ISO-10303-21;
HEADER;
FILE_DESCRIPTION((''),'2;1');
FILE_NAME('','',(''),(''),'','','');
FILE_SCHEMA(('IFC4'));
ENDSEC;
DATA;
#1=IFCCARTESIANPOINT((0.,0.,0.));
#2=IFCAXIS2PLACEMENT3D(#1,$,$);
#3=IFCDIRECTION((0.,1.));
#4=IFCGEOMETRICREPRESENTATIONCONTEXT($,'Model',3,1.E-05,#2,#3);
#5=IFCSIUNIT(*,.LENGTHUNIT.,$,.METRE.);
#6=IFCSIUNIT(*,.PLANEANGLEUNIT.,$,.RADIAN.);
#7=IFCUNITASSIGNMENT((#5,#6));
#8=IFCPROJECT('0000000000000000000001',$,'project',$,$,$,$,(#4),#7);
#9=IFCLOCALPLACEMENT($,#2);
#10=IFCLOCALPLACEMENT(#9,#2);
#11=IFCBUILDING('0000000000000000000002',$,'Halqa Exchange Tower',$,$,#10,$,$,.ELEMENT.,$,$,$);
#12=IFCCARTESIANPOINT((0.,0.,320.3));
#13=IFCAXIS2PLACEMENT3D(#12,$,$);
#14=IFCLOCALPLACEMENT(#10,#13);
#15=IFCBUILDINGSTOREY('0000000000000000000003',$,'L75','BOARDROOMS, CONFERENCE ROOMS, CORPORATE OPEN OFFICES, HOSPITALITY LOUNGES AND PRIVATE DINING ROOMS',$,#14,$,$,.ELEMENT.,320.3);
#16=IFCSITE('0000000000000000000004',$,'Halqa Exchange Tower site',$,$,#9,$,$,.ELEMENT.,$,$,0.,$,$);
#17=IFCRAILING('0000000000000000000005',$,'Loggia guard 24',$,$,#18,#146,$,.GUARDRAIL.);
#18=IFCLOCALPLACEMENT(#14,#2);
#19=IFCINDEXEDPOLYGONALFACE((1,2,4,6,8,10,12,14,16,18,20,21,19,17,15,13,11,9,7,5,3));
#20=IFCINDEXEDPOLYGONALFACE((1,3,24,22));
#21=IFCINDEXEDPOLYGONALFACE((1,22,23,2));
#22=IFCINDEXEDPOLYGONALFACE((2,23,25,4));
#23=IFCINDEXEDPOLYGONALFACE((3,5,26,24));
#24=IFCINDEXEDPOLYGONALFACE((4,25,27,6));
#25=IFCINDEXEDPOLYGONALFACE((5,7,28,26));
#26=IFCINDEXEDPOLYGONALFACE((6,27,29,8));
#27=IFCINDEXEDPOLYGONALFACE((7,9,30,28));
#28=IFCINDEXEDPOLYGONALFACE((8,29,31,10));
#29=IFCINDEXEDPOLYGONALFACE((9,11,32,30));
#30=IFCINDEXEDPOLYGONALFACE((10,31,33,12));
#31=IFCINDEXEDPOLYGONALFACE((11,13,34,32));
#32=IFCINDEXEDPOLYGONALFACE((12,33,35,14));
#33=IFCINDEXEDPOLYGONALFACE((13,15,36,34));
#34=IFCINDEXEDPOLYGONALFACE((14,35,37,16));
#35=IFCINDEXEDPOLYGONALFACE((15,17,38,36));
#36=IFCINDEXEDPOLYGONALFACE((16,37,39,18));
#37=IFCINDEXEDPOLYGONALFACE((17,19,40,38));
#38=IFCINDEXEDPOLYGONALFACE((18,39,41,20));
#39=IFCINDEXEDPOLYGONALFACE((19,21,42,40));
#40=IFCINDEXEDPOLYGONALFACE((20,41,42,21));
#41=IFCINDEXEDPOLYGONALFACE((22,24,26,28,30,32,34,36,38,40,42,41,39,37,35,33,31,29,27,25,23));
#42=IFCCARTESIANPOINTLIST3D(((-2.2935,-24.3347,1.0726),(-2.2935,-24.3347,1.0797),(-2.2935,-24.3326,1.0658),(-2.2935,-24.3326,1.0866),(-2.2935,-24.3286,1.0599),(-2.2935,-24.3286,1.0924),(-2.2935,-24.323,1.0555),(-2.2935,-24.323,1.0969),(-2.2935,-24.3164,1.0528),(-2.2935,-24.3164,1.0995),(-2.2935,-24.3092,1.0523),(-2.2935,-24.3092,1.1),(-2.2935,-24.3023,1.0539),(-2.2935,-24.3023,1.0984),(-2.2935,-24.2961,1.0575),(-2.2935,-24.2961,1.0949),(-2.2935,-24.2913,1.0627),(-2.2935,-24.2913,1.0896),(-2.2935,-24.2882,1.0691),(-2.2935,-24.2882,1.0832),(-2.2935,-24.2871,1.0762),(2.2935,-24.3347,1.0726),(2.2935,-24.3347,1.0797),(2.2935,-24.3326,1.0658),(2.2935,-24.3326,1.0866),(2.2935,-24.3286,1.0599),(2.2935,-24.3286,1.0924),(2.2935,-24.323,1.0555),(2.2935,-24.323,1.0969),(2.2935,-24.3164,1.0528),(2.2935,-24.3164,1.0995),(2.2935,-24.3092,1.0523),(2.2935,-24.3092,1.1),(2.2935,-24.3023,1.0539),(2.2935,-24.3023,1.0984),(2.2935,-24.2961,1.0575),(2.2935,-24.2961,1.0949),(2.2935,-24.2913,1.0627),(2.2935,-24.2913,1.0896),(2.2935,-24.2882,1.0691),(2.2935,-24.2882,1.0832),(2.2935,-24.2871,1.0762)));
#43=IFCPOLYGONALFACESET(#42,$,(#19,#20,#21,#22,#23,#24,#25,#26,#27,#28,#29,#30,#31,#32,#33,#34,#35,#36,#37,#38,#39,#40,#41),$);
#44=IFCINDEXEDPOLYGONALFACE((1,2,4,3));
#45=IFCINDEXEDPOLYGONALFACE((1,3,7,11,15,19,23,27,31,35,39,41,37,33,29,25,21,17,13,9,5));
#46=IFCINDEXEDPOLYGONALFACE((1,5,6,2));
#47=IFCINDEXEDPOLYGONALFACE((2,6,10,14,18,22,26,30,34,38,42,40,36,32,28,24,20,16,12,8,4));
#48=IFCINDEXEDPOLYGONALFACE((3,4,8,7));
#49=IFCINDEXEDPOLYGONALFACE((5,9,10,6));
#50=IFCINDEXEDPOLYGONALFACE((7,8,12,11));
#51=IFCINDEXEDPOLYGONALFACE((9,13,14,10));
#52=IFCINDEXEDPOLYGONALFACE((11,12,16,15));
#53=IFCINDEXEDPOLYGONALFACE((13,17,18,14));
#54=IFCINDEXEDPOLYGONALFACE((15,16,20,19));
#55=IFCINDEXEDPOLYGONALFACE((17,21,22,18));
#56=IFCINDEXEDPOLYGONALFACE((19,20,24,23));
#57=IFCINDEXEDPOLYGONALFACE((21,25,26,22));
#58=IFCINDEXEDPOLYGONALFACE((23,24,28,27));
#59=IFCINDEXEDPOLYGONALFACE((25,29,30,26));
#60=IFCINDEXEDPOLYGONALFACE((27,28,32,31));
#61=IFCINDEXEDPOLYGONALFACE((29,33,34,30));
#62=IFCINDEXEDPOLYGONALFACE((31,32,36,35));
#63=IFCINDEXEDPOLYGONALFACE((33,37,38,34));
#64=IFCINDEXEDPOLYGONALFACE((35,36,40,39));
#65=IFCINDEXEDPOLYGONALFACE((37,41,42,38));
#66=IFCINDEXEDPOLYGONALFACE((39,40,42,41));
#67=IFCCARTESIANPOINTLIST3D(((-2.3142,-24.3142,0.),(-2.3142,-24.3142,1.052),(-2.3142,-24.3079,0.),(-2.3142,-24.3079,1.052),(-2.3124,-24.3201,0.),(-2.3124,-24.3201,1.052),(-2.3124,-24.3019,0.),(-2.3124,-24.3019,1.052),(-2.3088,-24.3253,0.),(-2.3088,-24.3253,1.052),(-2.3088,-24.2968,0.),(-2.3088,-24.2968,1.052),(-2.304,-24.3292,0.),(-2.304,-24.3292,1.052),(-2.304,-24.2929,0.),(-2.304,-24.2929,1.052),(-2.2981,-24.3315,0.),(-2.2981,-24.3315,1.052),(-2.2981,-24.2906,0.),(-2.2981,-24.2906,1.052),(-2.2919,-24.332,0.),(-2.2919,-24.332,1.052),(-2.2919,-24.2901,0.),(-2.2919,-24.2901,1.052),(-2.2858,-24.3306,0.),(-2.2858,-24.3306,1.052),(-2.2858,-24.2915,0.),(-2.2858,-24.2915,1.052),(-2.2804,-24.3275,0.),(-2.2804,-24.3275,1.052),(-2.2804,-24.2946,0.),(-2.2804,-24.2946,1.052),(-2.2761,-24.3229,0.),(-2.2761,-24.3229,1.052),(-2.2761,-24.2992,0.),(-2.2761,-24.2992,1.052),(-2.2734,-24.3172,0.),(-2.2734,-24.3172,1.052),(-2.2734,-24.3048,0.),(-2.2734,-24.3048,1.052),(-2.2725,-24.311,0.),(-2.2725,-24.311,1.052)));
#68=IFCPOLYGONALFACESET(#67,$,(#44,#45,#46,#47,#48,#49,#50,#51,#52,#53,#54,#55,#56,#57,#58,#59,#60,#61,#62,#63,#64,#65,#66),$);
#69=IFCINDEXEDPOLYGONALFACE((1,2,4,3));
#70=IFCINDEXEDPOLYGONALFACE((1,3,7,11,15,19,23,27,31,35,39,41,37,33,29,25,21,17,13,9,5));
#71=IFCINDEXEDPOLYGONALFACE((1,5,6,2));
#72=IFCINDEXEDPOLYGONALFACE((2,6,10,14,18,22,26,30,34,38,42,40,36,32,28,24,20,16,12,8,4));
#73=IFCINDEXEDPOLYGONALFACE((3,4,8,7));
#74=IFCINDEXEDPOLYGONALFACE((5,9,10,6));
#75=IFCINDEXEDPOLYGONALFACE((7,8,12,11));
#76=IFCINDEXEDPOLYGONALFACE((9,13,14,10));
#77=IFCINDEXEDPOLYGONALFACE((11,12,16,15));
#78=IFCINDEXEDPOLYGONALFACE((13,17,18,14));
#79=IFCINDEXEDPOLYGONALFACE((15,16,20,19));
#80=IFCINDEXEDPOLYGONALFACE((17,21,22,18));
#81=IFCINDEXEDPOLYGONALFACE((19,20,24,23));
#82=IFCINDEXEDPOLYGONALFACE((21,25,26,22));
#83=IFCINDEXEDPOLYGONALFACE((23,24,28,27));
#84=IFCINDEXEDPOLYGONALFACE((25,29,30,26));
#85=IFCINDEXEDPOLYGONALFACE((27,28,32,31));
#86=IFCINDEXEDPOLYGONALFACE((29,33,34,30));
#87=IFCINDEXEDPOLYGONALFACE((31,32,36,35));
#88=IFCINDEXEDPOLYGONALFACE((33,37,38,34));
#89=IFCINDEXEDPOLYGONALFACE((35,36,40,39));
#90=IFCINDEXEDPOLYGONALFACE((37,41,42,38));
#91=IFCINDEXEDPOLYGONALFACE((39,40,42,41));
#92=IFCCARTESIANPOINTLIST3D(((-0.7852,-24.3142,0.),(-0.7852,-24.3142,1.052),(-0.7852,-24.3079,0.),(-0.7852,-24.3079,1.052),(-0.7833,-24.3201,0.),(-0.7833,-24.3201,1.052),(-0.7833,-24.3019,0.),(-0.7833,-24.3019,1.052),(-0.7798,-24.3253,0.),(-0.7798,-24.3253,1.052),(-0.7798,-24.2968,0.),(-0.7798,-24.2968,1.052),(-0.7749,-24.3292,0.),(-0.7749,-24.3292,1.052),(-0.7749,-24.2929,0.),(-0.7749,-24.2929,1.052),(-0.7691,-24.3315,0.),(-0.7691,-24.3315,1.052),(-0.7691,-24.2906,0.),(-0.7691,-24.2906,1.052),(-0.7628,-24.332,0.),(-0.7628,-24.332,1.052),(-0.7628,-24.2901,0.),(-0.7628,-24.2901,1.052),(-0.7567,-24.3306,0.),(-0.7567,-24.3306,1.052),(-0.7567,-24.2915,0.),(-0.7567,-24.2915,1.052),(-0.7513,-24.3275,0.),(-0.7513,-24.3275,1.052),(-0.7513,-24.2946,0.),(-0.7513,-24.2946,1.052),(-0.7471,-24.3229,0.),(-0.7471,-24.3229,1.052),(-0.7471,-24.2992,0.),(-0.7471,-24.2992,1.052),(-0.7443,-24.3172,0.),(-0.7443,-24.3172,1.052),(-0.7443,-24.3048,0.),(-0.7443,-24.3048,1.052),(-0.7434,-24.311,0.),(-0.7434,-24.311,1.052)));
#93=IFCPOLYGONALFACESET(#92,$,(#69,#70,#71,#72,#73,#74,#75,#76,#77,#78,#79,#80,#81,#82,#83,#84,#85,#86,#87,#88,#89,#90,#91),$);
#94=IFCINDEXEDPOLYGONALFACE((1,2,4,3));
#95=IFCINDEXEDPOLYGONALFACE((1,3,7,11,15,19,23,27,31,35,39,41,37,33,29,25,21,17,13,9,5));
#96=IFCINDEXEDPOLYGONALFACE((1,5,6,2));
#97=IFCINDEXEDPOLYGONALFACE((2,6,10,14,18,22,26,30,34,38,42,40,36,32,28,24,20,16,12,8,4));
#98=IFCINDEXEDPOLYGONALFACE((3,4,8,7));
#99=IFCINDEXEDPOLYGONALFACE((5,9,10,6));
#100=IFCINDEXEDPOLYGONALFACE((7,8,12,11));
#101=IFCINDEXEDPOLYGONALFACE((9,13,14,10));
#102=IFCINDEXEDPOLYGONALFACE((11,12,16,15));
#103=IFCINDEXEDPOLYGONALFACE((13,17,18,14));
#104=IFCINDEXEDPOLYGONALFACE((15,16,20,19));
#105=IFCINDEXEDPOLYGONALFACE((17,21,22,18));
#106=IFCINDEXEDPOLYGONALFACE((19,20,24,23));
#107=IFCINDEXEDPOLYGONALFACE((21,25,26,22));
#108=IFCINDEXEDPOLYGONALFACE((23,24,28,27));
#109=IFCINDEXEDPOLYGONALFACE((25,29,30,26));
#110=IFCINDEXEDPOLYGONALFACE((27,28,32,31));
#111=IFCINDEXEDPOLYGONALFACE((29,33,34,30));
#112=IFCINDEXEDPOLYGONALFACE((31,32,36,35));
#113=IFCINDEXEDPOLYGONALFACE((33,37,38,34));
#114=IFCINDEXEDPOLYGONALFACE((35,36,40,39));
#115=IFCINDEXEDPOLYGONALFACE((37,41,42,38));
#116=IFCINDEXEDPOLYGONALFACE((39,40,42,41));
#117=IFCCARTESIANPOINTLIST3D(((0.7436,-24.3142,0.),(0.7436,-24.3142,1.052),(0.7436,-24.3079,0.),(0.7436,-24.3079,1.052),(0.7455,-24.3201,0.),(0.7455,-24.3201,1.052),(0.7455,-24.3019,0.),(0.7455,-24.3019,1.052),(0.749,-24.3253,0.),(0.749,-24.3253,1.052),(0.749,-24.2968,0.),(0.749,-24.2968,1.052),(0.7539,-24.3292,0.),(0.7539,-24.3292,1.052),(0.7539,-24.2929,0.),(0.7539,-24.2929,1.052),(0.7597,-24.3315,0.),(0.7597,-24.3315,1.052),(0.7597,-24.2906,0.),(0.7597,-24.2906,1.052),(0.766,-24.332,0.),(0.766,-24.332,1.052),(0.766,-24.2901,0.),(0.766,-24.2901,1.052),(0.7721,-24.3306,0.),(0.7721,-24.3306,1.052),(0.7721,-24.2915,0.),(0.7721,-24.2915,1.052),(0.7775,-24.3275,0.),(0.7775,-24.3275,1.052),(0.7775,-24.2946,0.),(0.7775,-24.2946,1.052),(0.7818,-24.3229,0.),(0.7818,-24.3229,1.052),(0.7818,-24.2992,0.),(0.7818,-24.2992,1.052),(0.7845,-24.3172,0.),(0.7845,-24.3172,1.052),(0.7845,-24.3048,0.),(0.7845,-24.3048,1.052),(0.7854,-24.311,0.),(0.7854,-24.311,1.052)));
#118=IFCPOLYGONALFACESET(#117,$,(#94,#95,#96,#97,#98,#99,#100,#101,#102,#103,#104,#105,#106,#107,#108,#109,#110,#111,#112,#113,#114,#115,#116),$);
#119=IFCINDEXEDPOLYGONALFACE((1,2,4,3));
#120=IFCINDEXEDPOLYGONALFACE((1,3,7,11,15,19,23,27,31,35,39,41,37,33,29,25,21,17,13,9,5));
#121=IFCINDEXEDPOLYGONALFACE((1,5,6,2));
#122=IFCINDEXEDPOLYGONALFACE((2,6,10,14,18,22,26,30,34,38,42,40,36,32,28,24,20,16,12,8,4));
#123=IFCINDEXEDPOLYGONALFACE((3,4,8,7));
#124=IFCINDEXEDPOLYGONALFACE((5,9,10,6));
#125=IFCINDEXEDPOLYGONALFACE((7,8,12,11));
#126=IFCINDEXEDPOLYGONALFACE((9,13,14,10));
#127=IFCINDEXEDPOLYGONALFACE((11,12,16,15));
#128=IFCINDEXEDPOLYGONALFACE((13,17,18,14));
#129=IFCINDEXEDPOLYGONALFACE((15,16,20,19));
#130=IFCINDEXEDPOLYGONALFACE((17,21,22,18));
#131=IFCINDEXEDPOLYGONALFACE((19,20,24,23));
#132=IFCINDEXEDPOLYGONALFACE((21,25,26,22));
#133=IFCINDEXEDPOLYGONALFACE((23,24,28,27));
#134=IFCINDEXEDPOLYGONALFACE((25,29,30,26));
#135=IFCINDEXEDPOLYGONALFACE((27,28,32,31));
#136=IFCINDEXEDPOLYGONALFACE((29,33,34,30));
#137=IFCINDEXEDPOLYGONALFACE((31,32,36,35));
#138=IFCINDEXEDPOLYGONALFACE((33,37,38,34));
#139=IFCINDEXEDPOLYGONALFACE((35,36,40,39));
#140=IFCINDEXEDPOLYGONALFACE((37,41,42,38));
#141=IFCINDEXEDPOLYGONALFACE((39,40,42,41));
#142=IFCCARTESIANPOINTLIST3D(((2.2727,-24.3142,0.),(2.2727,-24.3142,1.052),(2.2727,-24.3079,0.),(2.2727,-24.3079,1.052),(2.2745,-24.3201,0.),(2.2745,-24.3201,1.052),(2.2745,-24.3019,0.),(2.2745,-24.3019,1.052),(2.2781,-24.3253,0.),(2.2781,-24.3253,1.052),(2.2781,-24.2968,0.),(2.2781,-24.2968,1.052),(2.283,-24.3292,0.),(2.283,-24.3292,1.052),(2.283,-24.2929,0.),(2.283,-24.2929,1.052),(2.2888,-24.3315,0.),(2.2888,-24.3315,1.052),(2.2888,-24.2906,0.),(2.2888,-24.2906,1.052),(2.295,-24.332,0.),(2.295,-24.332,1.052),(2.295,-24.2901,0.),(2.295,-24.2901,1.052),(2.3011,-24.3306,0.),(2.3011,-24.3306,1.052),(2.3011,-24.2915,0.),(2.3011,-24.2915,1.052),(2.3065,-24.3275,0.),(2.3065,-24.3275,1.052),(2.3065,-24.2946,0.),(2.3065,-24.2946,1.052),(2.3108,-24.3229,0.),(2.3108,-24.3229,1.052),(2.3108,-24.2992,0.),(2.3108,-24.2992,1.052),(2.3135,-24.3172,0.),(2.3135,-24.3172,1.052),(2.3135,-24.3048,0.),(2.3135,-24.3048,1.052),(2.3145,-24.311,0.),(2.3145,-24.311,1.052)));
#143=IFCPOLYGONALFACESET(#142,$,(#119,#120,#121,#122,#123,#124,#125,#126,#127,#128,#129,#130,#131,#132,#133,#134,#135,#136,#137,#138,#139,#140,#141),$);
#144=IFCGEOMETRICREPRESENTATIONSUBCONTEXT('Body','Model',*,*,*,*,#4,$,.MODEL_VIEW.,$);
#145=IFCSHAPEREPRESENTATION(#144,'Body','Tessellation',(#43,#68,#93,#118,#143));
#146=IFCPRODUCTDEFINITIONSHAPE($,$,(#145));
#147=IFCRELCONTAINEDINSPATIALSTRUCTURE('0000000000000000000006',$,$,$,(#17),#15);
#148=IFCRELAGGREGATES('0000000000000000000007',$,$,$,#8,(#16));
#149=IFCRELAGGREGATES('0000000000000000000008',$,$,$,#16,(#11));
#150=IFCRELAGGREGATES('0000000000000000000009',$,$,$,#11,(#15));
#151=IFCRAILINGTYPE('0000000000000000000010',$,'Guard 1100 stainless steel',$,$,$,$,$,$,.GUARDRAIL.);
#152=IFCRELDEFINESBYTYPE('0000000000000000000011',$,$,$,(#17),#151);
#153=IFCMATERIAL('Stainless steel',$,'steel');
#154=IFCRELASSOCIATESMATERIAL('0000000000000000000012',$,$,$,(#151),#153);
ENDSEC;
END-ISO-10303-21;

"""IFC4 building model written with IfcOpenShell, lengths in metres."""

from ifc_helpers import new_model, si_unit, direction, frame, origin, origin_2d, place, context, subcontext, project, spatial, circle, extrude, material, type_object, element, save


model = new_model("IFC4")

# Units and contexts
model_context = context("Model", 3, precision=1e-05, world=origin(), true_north=direction((0.0, 1.0)))
body_context = subcontext(model_context, "Body", "Model", "MODEL_VIEW")
ifc_project = project(units=[si_unit("LENGTHUNIT", "METRE"), si_unit("PLANEANGLEUNIT", "RADIAN")], contexts=[model_context])

# Site, building, storey
site_placement = place(None, origin())
site = spatial("IfcSite", under=ifc_project, at=site_placement, Name="Halqa Exchange Tower site", CompositionType="ELEMENT", RefElevation=0.0)
building_placement = place(site_placement, origin())
building = spatial("IfcBuilding", under=site, at=building_placement, Name="Halqa Exchange Tower", CompositionType="ELEMENT")
storey_placement = place(building_placement, frame((0.0, 0.0, 320.3)))
storey = spatial("IfcBuildingStorey", under=building, at=storey_placement, Name="L75", Description="BOARDROOMS, CONFERENCE ROOMS, CORPORATE OPEN OFFICES, HOSPITALITY LOUNGES AND PRIVATE DINING ROOMS", CompositionType="ELEMENT", Elevation=320.3)

# Railing
ifc_material_1 = material(Name="Stainless steel", Category="steel")
railing_type = type_object("IfcRailingType", Name="Guard 1100 stainless steel", PredefinedType="GUARDRAIL", material=ifc_material_1)
railing_1_placement = place(storey_placement, frame((-2.2935, -24.311, 0.0)))
element("IfcRailing", 1, at=railing_1_placement, inside=storey, type_object=railing_type, Name="Loggia guard 24", PredefinedType="GUARDRAIL", context=body_context, shape_type="SweptSolid", body=[
    extrude(circle(Radius=0.0239, at=origin_2d()), frame((0.0, 0.0, 1.0762), z_axis=(1.0, 0.0, 0.0), x_axis=(0.0, 1.0, 0.0)), (0.0, 0.0, 1.0), 4.5869),
    extrude(circle(Radius=0.021, at=origin_2d()), origin(), (0.0, 0.0, 1.0), 1.052),
    extrude(circle(Radius=0.021, at=origin_2d()), frame((1.5291, 0.0, 0.0)), (0.0, 0.0, 1.0), 1.052),
    extrude(circle(Radius=0.021, at=origin_2d()), frame((3.0579, 0.0, 0.0)), (0.0, 0.0, 1.0), 1.052),
    extrude(circle(Radius=0.021, at=origin_2d()), frame((4.5869, 0.0, 0.0)), (0.0, 0.0, 1.0), 1.052),
])

save(model, "model.ifc")
